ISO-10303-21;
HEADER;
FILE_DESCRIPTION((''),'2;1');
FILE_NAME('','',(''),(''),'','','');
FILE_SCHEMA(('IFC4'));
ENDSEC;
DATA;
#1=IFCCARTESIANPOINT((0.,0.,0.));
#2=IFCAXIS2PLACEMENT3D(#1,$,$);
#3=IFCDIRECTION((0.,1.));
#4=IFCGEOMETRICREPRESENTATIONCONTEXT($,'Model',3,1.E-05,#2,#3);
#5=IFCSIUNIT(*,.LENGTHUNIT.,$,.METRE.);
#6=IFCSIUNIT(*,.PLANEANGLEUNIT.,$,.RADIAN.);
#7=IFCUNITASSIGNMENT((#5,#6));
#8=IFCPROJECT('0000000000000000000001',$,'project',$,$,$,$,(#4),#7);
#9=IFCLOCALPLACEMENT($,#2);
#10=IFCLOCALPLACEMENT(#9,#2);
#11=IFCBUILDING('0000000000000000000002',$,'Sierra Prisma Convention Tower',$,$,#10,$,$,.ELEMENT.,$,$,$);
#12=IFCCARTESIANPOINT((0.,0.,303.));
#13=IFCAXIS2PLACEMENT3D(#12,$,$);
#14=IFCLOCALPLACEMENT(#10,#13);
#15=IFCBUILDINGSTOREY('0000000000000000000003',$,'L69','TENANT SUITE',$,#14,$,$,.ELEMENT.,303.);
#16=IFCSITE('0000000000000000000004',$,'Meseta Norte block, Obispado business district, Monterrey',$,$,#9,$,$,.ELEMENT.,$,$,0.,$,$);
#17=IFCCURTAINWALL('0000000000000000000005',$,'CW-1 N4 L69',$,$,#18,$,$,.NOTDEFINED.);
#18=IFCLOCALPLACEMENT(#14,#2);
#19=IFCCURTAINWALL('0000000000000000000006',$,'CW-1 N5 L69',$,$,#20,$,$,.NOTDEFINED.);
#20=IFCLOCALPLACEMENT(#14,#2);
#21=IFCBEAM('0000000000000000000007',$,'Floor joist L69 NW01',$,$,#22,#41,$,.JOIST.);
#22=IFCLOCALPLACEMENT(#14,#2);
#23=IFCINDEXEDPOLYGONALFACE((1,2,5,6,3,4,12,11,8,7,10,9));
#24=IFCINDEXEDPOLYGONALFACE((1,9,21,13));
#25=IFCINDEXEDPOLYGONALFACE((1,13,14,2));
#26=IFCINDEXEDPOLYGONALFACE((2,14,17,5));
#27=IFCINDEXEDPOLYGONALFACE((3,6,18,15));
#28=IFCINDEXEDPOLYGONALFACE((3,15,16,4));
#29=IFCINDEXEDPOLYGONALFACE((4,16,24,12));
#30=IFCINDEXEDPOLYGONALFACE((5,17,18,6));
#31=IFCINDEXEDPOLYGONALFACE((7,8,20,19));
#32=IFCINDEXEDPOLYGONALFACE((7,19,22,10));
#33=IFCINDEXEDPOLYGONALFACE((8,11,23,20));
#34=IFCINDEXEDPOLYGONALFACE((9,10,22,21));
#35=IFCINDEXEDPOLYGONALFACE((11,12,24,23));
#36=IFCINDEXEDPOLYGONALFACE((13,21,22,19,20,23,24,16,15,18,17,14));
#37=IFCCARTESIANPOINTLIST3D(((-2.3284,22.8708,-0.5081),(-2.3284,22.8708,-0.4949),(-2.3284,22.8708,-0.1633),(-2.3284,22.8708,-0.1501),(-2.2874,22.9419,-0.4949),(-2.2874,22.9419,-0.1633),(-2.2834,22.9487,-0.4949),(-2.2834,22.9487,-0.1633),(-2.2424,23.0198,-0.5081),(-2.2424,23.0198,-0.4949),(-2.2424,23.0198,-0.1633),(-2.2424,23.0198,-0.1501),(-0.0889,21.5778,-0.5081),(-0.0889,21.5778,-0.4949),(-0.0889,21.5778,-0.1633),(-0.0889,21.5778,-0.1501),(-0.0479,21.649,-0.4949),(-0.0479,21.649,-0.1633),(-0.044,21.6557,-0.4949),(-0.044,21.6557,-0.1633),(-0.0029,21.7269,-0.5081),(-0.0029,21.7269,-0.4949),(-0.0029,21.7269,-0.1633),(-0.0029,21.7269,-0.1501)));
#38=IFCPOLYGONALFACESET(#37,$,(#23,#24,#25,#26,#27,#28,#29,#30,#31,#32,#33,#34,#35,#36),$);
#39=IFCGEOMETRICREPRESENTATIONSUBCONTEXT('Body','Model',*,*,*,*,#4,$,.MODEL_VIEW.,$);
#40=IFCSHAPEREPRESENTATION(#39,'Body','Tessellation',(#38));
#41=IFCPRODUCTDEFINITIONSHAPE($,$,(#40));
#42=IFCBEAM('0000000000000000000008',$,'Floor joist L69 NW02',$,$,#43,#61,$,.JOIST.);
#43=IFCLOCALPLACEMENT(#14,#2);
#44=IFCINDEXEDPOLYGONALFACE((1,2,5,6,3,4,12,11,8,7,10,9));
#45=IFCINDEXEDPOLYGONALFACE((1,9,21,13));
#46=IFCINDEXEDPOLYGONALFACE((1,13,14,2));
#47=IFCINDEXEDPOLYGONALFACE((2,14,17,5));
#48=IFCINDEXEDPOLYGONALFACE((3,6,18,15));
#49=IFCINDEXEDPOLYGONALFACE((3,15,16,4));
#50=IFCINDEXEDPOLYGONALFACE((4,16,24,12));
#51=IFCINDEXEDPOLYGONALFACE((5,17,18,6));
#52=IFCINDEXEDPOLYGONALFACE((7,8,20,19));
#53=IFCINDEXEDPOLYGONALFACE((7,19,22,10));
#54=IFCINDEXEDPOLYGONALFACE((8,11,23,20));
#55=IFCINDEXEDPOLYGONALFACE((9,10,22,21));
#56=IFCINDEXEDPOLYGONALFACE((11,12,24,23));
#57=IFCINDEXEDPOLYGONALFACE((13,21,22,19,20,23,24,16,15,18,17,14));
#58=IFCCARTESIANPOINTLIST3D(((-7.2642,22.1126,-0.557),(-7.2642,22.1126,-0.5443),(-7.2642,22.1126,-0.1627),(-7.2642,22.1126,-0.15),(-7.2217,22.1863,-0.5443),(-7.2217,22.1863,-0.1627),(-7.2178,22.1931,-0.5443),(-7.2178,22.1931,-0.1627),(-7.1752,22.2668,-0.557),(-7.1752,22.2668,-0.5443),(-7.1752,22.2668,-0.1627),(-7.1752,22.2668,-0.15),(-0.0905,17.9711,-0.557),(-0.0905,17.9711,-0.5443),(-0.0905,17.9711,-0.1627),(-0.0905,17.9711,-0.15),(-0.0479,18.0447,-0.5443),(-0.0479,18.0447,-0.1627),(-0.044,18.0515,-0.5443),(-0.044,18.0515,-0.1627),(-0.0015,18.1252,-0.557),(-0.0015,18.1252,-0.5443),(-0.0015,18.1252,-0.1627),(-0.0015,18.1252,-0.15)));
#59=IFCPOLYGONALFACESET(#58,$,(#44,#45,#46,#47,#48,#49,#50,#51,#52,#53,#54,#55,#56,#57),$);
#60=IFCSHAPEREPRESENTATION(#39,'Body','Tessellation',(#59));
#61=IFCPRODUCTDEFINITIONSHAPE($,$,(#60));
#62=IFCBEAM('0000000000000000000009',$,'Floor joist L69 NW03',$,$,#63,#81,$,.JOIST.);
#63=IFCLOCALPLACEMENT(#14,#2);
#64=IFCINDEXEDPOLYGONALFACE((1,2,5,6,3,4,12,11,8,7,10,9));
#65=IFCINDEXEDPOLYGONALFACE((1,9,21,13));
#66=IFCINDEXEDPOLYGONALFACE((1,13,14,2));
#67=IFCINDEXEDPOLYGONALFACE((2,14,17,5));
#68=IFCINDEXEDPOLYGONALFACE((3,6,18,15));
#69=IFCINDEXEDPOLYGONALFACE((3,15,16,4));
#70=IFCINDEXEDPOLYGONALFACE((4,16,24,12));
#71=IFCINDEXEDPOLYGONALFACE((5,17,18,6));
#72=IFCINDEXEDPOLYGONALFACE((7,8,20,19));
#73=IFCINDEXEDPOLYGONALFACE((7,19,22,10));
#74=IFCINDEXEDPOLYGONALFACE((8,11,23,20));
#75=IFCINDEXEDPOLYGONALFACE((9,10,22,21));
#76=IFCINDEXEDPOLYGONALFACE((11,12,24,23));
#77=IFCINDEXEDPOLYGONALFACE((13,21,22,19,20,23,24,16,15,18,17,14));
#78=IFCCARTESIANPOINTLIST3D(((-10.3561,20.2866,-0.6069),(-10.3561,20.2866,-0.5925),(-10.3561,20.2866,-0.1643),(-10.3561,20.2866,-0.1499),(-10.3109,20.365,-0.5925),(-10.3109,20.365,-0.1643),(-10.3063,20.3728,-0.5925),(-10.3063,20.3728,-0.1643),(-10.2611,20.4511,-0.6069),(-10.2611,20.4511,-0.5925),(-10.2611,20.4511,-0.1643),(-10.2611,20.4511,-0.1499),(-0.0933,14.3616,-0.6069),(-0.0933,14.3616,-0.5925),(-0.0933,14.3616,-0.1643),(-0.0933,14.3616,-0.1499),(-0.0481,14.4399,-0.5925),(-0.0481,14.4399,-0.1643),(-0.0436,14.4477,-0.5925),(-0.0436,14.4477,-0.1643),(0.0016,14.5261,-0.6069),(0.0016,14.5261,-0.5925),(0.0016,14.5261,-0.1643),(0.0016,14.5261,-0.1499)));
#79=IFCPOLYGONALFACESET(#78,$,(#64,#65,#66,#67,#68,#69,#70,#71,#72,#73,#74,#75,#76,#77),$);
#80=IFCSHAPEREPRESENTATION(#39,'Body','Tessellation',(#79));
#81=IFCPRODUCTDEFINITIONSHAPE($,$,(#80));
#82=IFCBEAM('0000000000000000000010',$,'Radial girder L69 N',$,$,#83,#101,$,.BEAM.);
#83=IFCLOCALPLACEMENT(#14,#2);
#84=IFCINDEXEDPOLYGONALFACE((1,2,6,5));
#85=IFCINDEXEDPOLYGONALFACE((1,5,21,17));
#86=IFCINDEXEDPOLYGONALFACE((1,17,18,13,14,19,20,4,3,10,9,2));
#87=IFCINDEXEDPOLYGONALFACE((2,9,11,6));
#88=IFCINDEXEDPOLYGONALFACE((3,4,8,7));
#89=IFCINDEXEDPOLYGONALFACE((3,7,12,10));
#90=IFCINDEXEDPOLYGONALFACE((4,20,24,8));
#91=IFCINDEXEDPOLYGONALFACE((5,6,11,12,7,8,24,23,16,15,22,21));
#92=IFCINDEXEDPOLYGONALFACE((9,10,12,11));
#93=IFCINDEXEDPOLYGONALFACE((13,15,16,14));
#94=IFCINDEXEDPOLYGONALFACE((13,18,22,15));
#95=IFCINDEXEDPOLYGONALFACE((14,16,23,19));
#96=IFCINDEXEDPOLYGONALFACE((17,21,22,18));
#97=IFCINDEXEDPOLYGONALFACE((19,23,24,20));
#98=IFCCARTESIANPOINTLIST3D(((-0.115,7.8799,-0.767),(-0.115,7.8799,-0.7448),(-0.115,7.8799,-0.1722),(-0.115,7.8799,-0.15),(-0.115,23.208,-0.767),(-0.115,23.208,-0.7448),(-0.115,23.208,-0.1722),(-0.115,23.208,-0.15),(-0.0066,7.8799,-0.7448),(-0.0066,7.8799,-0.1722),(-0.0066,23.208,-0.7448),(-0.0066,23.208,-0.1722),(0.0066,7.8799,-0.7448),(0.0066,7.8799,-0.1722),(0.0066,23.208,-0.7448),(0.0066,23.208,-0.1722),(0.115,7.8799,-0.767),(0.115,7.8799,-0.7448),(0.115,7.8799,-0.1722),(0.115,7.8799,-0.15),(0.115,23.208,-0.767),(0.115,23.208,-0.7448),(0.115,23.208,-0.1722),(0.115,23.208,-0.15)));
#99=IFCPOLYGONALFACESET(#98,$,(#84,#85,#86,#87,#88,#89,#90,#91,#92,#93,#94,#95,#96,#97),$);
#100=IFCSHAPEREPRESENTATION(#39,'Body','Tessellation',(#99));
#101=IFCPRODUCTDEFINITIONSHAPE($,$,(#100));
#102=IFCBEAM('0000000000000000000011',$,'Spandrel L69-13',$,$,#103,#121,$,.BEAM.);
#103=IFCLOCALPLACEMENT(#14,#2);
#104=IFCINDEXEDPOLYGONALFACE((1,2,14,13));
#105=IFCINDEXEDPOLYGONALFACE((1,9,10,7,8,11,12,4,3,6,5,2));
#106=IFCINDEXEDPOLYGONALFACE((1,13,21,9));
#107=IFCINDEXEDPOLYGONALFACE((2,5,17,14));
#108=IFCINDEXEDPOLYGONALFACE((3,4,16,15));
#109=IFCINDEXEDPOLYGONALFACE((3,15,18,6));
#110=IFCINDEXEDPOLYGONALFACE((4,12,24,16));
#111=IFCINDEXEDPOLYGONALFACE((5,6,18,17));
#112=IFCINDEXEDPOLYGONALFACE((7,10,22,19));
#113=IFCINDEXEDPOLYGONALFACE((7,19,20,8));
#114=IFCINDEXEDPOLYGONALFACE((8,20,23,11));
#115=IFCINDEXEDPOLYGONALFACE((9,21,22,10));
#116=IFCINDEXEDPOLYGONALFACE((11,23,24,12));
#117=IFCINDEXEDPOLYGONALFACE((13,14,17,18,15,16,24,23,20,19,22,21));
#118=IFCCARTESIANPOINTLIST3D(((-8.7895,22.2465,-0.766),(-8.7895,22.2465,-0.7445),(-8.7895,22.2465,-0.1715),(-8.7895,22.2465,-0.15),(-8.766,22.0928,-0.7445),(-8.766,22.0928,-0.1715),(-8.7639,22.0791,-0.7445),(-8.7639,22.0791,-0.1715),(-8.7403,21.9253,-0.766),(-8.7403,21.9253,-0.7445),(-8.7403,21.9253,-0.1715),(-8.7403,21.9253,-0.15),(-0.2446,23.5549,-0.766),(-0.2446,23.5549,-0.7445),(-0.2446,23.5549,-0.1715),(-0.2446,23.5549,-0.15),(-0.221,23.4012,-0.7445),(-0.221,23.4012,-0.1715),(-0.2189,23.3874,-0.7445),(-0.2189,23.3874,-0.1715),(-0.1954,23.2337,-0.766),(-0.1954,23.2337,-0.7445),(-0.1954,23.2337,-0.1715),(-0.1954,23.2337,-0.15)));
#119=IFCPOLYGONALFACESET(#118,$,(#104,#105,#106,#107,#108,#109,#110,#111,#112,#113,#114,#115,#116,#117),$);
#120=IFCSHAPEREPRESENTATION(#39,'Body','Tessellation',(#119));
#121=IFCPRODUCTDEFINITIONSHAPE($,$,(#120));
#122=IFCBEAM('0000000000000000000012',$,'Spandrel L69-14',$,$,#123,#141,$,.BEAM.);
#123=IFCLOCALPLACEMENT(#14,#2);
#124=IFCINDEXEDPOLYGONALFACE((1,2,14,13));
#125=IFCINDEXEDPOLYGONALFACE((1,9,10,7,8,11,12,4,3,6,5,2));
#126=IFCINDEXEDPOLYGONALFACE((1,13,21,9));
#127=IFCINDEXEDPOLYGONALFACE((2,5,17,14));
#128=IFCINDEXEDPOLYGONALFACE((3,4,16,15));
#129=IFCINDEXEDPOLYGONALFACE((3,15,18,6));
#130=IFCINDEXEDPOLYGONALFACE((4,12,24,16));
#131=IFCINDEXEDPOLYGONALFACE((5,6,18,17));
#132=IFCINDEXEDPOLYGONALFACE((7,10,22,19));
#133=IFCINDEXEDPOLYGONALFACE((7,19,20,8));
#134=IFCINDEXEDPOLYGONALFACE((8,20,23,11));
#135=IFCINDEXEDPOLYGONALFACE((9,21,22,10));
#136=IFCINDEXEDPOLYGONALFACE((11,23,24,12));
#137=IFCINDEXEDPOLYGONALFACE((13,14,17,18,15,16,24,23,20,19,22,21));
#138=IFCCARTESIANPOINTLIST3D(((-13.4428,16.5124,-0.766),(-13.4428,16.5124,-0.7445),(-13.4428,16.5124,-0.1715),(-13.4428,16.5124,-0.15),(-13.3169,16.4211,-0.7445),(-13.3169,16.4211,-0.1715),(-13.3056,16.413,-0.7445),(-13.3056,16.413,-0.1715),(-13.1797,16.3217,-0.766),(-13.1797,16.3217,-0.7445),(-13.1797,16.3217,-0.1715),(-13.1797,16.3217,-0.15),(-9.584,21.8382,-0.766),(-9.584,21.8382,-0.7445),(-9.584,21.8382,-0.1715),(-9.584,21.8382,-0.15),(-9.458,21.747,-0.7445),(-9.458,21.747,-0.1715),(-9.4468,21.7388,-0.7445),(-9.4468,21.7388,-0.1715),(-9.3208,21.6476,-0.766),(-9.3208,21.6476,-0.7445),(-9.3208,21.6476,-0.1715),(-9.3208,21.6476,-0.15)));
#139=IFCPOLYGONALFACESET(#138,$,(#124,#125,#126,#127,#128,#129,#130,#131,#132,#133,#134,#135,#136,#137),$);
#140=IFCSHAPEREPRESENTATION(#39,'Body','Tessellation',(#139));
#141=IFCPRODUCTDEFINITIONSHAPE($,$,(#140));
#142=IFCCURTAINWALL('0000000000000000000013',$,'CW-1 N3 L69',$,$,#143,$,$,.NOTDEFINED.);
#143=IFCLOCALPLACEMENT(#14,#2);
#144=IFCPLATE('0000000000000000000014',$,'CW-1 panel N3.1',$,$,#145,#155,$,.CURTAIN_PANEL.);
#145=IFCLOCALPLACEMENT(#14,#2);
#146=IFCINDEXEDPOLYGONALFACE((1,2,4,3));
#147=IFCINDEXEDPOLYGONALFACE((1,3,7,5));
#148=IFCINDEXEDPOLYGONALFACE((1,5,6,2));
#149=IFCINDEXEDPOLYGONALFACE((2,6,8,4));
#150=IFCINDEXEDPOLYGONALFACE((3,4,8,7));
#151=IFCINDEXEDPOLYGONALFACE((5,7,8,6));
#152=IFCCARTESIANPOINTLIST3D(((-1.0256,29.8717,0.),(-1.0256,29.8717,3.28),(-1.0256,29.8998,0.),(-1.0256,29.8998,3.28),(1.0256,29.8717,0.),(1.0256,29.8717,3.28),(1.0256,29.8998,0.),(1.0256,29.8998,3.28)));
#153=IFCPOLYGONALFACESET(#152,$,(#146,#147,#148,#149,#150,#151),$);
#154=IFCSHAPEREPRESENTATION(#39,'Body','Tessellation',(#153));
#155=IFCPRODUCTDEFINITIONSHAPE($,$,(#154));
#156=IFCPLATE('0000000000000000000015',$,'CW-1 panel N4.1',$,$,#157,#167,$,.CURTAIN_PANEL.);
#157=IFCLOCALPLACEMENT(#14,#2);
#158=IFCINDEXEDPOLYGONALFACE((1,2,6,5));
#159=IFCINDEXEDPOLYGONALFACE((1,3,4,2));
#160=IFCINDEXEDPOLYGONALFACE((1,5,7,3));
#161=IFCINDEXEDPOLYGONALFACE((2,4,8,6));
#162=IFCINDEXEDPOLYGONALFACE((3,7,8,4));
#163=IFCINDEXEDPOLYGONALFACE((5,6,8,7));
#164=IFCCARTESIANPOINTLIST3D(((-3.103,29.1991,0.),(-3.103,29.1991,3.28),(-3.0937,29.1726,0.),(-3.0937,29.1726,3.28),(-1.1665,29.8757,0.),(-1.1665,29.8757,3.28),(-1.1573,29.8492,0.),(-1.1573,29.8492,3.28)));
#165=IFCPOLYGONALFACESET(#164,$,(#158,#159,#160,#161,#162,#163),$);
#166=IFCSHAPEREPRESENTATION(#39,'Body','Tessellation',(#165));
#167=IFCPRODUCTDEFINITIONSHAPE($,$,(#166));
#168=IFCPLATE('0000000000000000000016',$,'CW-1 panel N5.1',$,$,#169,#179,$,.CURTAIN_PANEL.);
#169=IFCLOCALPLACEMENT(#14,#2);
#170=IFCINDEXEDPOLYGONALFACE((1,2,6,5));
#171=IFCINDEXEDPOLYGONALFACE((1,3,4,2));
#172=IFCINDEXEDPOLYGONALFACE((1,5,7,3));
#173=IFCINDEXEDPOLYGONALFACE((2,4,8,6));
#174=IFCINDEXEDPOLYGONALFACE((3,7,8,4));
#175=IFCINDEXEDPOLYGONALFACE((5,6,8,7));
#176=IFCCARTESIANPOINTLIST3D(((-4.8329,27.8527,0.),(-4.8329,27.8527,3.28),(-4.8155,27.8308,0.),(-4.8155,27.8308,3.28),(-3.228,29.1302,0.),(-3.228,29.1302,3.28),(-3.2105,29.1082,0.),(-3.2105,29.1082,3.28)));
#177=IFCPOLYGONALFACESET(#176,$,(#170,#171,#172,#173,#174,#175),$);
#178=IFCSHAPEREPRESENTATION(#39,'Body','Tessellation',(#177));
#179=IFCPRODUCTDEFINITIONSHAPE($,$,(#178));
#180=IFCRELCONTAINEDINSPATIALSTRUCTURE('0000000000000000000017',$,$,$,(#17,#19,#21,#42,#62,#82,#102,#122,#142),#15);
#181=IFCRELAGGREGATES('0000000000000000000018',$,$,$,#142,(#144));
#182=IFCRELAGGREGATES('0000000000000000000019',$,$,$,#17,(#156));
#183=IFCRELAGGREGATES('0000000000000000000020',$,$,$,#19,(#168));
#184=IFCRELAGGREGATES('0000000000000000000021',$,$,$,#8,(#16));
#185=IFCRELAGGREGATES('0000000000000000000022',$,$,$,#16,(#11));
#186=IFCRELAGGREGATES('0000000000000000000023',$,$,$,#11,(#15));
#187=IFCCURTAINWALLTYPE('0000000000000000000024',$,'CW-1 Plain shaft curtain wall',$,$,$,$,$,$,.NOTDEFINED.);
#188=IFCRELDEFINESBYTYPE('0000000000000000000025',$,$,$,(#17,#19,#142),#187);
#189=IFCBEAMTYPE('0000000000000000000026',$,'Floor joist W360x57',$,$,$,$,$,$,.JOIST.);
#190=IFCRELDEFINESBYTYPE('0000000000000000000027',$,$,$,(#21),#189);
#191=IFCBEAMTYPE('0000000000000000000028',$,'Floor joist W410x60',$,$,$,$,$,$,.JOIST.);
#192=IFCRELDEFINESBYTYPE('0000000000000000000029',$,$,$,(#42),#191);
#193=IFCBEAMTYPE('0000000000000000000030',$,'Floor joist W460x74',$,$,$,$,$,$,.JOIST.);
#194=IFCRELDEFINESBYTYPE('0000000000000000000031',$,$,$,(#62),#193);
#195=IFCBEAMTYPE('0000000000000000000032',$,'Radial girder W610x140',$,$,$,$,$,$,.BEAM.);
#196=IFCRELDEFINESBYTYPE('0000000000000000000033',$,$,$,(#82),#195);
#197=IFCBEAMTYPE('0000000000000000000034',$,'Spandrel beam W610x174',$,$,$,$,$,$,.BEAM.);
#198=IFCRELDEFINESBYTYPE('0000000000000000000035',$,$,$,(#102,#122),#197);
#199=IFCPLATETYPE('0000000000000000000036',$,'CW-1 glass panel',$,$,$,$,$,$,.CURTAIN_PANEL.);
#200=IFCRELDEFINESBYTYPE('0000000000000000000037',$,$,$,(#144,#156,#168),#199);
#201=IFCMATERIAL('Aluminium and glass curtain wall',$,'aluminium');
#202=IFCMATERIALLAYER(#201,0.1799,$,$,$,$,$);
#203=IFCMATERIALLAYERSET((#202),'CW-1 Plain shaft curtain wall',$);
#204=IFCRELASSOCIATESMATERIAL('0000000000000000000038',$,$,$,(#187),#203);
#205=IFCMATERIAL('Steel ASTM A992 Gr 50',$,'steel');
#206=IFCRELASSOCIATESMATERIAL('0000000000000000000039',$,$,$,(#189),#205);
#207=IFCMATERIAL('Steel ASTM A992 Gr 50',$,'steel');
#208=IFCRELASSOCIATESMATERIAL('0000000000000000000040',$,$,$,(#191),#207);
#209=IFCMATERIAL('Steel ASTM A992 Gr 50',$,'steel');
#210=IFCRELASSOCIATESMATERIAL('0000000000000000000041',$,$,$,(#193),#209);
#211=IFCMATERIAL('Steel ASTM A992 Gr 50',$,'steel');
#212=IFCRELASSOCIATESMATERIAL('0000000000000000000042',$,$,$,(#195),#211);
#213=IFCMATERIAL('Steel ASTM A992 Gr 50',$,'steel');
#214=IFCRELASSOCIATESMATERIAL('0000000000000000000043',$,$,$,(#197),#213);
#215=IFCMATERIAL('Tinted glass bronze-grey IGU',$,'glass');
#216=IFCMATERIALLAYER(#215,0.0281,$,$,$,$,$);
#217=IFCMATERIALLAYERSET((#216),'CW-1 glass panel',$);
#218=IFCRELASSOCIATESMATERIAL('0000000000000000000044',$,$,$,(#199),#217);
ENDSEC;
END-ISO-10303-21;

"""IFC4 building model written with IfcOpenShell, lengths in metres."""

from ifc_helpers import new_model, si_unit, direction, frame, origin, origin_2d, place, context, subcontext, project, spatial, rectangle, i_section, extrude, material, layer, layer_set, material_profile, profile_set, type_object, element, aggregate, save


model = new_model("IFC4")

# Units and contexts
model_context = context("Model", 3, precision=1e-05, world=origin(), true_north=direction((0.0, 1.0)))
body_context = subcontext(model_context, "Body", "Model", "MODEL_VIEW")
ifc_project = project(units=[si_unit("LENGTHUNIT", "METRE"), si_unit("PLANEANGLEUNIT", "RADIAN")], contexts=[model_context])

# Site, building, storey
site_placement = place(None, origin())
site = spatial("IfcSite", under=ifc_project, at=site_placement, Name="Meseta Norte block, Obispado business district, Monterrey", CompositionType="ELEMENT", RefElevation=0.0)
building_placement = place(site_placement, origin())
building = spatial("IfcBuilding", under=site, at=building_placement, Name="Sierra Prisma Convention Tower", CompositionType="ELEMENT")
storey_placement = place(building_placement, frame((0.0, 0.0, 303.0)))
storey = spatial("IfcBuildingStorey", under=building, at=storey_placement, Name="L69", Description="TENANT SUITE", CompositionType="ELEMENT", Elevation=303.0)

# Curtain walls
ifc_material_1 = material(Name="Aluminium and glass curtain wall", Category="aluminium")
ifc_layer_1 = layer(ifc_material_1, 0.1799)
ifc_layer_set_1 = layer_set([ifc_layer_1], Name="CW-1 Plain shaft curtain wall")
curtain_wall_type = type_object("IfcCurtainWallType", Name="CW-1 Plain shaft curtain wall", PredefinedType="NOTDEFINED", material=ifc_layer_set_1)
curtain_wall_1_placement = place(storey_placement, origin())
curtain_wall_1 = element("IfcCurtainWall", 1, at=curtain_wall_1_placement, inside=storey, type_object=curtain_wall_type, Name="CW-1 N4 L69", PredefinedType="NOTDEFINED")
curtain_wall_2_placement = place(storey_placement, origin())
curtain_wall_2 = element("IfcCurtainWall", 2, at=curtain_wall_2_placement, inside=storey, type_object=curtain_wall_type, Name="CW-1 N5 L69", PredefinedType="NOTDEFINED")

# Beams
ifc_material_2 = material(Name="Steel ASTM A992 Gr 50", Category="steel")
ifc_material_profile_1 = material_profile(ifc_material_2, i_section(OverallWidth=0.1721, OverallDepth=0.3579, WebThickness=0.0078, FlangeThickness=0.0132, at=origin_2d()), Name="W360x57")
ifc_profile_set_1 = profile_set([ifc_material_profile_1], Name="Steel ASTM A992 Gr 50")
beam_type_1 = type_object("IfcBeamType", Name="Floor joist W360x57", PredefinedType="JOIST", material=ifc_profile_set_1)
beam_1_placement = place(storey_placement, frame((-2.2854, 22.9453, -0.3291), z_axis=(0.866027, -0.499998, 0.0), x_axis=(0.499998, 0.866027, 0.0)))
element("IfcBeam", 3, at=beam_1_placement, inside=storey, type_object=beam_type_1, Name="Floor joist L69 NW01", PredefinedType="JOIST", context=body_context, shape_type="SweptSolid", body=[
    extrude(i_section(OverallWidth=0.1721, OverallDepth=0.3579, WebThickness=0.0078, FlangeThickness=0.0132, at=origin_2d()), origin(), (0.0, 0.0, 1.0), 2.5859),
])
ifc_material_3 = material(Name="Steel ASTM A992 Gr 50", Category="steel")
ifc_material_profile_2 = material_profile(ifc_material_3, i_section(OverallWidth=0.178, OverallDepth=0.407, WebThickness=0.0078, FlangeThickness=0.0127, at=origin_2d()), Name="W410x60")
ifc_profile_set_2 = profile_set([ifc_material_profile_2], Name="Steel ASTM A992 Gr 50")
beam_type_2 = type_object("IfcBeamType", Name="Floor joist W410x60", PredefinedType="JOIST", material=ifc_profile_set_2)
beam_2_placement = place(storey_placement, frame((-7.2197, 22.1897, -0.3535), z_axis=(0.866036, -0.499981, 0.0), x_axis=(0.499981, 0.866036, 0.0)))
element("IfcBeam", 4, at=beam_2_placement, inside=storey, type_object=beam_type_2, Name="Floor joist L69 NW02", PredefinedType="JOIST", context=body_context, shape_type="SweptSolid", body=[
    extrude(i_section(OverallWidth=0.178, OverallDepth=0.407, WebThickness=0.0078, FlangeThickness=0.0127, at=origin_2d()), origin(), (0.0, 0.0, 1.0), 8.2834),
])
ifc_material_4 = material(Name="Steel ASTM A992 Gr 50", Category="steel")
ifc_material_profile_3 = material_profile(ifc_material_4, i_section(OverallWidth=0.1899, OverallDepth=0.457, WebThickness=0.009, FlangeThickness=0.0144, at=origin_2d()), Name="W460x74")
ifc_profile_set_3 = profile_set([ifc_material_profile_3], Name="Steel ASTM A992 Gr 50")
beam_type_3 = type_object("IfcBeamType", Name="Floor joist W460x74", PredefinedType="JOIST", material=ifc_profile_set_3)
beam_3_placement = place(storey_placement, frame((-10.3086, 20.3689, -0.3784), z_axis=(0.86603, -0.499992, 0.0), x_axis=(0.499992, 0.86603, 0.0)))
element("IfcBeam", 5, at=beam_3_placement, inside=storey, type_object=beam_type_3, Name="Floor joist L69 NW03", PredefinedType="JOIST", context=body_context, shape_type="SweptSolid", body=[
    extrude(i_section(OverallWidth=0.1899, OverallDepth=0.457, WebThickness=0.009, FlangeThickness=0.0144, at=origin_2d()), origin(), (0.0, 0.0, 1.0), 11.8503),
])
ifc_material_5 = material(Name="Steel ASTM A992 Gr 50", Category="steel")
ifc_material_profile_4 = material_profile(ifc_material_5, i_section(OverallWidth=0.23, OverallDepth=0.6169, WebThickness=0.0132, FlangeThickness=0.0222, at=origin_2d()), Name="W610x140")
ifc_profile_set_4 = profile_set([ifc_material_profile_4], Name="Steel ASTM A992 Gr 50")
beam_type_4 = type_object("IfcBeamType", Name="Radial girder W610x140", PredefinedType="BEAM", material=ifc_profile_set_4)
beam_4_placement = place(storey_placement, frame((0.0, 23.208, -0.4585), z_axis=(0.0, -1.0, 0.0), x_axis=(1.0, 0.0, 0.0)))
element("IfcBeam", 6, at=beam_4_placement, inside=storey, type_object=beam_type_4, Name="Radial girder L69 N", PredefinedType="BEAM", context=body_context, shape_type="SweptSolid", body=[
    extrude(i_section(OverallWidth=0.23, OverallDepth=0.6169, WebThickness=0.0132, FlangeThickness=0.0222, at=origin_2d()), origin(), (0.0, 0.0, 1.0), 15.3281),
])
ifc_material_6 = material(Name="Steel ASTM A992 Gr 50", Category="steel")
ifc_material_profile_5 = material_profile(ifc_material_6, i_section(OverallWidth=0.325, OverallDepth=0.616, WebThickness=0.0139, FlangeThickness=0.0215, at=origin_2d()), Name="W610x174")
ifc_profile_set_5 = profile_set([ifc_material_profile_5], Name="Steel ASTM A992 Gr 50")
beam_type_5 = type_object("IfcBeamType", Name="Spandrel beam W610x174", PredefinedType="BEAM", material=ifc_profile_set_5)
beam_5_placement = place(storey_placement, frame((-0.22, 23.3943, -0.458), z_axis=(-0.98848, -0.15135, 0.0), x_axis=(0.15135, -0.98848, 0.0)))
element("IfcBeam", 7, at=beam_5_placement, inside=storey, type_object=beam_type_5, Name="Spandrel L69-13", PredefinedType="BEAM", context=body_context, shape_type="SweptSolid", body=[
    extrude(i_section(OverallWidth=0.325, OverallDepth=0.616, WebThickness=0.0139, FlangeThickness=0.0215, at=origin_2d()), origin(), (0.0, 0.0, 1.0), 8.6445),
])
beam_6_placement = place(storey_placement, frame((-9.4524, 21.7429, -0.458), z_axis=(-0.586727, -0.809785, 0.0), x_axis=(0.809785, -0.586727, 0.0)))
element("IfcBeam", 8, at=beam_6_placement, inside=storey, type_object=beam_type_5, Name="Spandrel L69-14", PredefinedType="BEAM", context=body_context, shape_type="SweptSolid", body=[
    extrude(i_section(OverallWidth=0.325, OverallDepth=0.616, WebThickness=0.0139, FlangeThickness=0.0215, at=origin_2d()), origin(), (0.0, 0.0, 1.0), 6.5769),
])

# Curtain wall, plate
curtain_wall_3_placement = place(storey_placement, origin())
curtain_wall_3 = element("IfcCurtainWall", 9, at=curtain_wall_3_placement, inside=storey, type_object=curtain_wall_type, Name="CW-1 N3 L69", PredefinedType="NOTDEFINED")
ifc_material_7 = material(Name="Tinted glass bronze-grey IGU", Category="glass")
ifc_layer_2 = layer(ifc_material_7, 0.0281)
ifc_layer_set_2 = layer_set([ifc_layer_2], Name="CW-1 glass panel")
plate_type = type_object("IfcPlateType", Name="CW-1 glass panel", PredefinedType="CURTAIN_PANEL", material=ifc_layer_set_2)
plate_1_placement = place(storey_placement, frame((0.0, 29.8857, 0.0), z_axis=(0.0, 0.0, 1.0), x_axis=(-1.0, 0.0, 0.0)))
plate_1 = element("IfcPlate", 10, at=plate_1_placement, type_object=plate_type, Name="CW-1 panel N3.1", PredefinedType="CURTAIN_PANEL", context=body_context, shape_type="SweptSolid", body=[
    extrude(rectangle(XDim=2.0513, YDim=0.0281, at=origin_2d()), origin(), (0.0, 0.0, 1.0), 3.28),
])
aggregate(curtain_wall_3, [plate_1])

# Plates
plate_2_placement = place(storey_placement, frame((-2.1301, 29.5242, 0.0), z_axis=(0.0, 0.0, 1.0), x_axis=(-0.944037, -0.32984, 0.0)))
plate_2 = element("IfcPlate", 11, at=plate_2_placement, type_object=plate_type, Name="CW-1 panel N4.1", PredefinedType="CURTAIN_PANEL", context=body_context, shape_type="SweptSolid", body=[
    extrude(rectangle(XDim=2.0513, YDim=0.0281, at=origin_2d()), origin(), (0.0, 0.0, 1.0), 3.28),
])
aggregate(curtain_wall_1, [plate_2])
plate_3_placement = place(storey_placement, frame((-4.0217, 28.4805, 0.0), z_axis=(0.0, 0.0, 1.0), x_axis=(-0.782411, -0.622763, 0.0)))
plate_3 = element("IfcPlate", 12, at=plate_3_placement, type_object=plate_type, Name="CW-1 panel N5.1", PredefinedType="CURTAIN_PANEL", context=body_context, shape_type="SweptSolid", body=[
    extrude(rectangle(XDim=2.0513, YDim=0.0281, at=origin_2d()), origin(), (0.0, 0.0, 1.0), 3.28),
])
aggregate(curtain_wall_2, [plate_3])

save(model, "model.ifc")
